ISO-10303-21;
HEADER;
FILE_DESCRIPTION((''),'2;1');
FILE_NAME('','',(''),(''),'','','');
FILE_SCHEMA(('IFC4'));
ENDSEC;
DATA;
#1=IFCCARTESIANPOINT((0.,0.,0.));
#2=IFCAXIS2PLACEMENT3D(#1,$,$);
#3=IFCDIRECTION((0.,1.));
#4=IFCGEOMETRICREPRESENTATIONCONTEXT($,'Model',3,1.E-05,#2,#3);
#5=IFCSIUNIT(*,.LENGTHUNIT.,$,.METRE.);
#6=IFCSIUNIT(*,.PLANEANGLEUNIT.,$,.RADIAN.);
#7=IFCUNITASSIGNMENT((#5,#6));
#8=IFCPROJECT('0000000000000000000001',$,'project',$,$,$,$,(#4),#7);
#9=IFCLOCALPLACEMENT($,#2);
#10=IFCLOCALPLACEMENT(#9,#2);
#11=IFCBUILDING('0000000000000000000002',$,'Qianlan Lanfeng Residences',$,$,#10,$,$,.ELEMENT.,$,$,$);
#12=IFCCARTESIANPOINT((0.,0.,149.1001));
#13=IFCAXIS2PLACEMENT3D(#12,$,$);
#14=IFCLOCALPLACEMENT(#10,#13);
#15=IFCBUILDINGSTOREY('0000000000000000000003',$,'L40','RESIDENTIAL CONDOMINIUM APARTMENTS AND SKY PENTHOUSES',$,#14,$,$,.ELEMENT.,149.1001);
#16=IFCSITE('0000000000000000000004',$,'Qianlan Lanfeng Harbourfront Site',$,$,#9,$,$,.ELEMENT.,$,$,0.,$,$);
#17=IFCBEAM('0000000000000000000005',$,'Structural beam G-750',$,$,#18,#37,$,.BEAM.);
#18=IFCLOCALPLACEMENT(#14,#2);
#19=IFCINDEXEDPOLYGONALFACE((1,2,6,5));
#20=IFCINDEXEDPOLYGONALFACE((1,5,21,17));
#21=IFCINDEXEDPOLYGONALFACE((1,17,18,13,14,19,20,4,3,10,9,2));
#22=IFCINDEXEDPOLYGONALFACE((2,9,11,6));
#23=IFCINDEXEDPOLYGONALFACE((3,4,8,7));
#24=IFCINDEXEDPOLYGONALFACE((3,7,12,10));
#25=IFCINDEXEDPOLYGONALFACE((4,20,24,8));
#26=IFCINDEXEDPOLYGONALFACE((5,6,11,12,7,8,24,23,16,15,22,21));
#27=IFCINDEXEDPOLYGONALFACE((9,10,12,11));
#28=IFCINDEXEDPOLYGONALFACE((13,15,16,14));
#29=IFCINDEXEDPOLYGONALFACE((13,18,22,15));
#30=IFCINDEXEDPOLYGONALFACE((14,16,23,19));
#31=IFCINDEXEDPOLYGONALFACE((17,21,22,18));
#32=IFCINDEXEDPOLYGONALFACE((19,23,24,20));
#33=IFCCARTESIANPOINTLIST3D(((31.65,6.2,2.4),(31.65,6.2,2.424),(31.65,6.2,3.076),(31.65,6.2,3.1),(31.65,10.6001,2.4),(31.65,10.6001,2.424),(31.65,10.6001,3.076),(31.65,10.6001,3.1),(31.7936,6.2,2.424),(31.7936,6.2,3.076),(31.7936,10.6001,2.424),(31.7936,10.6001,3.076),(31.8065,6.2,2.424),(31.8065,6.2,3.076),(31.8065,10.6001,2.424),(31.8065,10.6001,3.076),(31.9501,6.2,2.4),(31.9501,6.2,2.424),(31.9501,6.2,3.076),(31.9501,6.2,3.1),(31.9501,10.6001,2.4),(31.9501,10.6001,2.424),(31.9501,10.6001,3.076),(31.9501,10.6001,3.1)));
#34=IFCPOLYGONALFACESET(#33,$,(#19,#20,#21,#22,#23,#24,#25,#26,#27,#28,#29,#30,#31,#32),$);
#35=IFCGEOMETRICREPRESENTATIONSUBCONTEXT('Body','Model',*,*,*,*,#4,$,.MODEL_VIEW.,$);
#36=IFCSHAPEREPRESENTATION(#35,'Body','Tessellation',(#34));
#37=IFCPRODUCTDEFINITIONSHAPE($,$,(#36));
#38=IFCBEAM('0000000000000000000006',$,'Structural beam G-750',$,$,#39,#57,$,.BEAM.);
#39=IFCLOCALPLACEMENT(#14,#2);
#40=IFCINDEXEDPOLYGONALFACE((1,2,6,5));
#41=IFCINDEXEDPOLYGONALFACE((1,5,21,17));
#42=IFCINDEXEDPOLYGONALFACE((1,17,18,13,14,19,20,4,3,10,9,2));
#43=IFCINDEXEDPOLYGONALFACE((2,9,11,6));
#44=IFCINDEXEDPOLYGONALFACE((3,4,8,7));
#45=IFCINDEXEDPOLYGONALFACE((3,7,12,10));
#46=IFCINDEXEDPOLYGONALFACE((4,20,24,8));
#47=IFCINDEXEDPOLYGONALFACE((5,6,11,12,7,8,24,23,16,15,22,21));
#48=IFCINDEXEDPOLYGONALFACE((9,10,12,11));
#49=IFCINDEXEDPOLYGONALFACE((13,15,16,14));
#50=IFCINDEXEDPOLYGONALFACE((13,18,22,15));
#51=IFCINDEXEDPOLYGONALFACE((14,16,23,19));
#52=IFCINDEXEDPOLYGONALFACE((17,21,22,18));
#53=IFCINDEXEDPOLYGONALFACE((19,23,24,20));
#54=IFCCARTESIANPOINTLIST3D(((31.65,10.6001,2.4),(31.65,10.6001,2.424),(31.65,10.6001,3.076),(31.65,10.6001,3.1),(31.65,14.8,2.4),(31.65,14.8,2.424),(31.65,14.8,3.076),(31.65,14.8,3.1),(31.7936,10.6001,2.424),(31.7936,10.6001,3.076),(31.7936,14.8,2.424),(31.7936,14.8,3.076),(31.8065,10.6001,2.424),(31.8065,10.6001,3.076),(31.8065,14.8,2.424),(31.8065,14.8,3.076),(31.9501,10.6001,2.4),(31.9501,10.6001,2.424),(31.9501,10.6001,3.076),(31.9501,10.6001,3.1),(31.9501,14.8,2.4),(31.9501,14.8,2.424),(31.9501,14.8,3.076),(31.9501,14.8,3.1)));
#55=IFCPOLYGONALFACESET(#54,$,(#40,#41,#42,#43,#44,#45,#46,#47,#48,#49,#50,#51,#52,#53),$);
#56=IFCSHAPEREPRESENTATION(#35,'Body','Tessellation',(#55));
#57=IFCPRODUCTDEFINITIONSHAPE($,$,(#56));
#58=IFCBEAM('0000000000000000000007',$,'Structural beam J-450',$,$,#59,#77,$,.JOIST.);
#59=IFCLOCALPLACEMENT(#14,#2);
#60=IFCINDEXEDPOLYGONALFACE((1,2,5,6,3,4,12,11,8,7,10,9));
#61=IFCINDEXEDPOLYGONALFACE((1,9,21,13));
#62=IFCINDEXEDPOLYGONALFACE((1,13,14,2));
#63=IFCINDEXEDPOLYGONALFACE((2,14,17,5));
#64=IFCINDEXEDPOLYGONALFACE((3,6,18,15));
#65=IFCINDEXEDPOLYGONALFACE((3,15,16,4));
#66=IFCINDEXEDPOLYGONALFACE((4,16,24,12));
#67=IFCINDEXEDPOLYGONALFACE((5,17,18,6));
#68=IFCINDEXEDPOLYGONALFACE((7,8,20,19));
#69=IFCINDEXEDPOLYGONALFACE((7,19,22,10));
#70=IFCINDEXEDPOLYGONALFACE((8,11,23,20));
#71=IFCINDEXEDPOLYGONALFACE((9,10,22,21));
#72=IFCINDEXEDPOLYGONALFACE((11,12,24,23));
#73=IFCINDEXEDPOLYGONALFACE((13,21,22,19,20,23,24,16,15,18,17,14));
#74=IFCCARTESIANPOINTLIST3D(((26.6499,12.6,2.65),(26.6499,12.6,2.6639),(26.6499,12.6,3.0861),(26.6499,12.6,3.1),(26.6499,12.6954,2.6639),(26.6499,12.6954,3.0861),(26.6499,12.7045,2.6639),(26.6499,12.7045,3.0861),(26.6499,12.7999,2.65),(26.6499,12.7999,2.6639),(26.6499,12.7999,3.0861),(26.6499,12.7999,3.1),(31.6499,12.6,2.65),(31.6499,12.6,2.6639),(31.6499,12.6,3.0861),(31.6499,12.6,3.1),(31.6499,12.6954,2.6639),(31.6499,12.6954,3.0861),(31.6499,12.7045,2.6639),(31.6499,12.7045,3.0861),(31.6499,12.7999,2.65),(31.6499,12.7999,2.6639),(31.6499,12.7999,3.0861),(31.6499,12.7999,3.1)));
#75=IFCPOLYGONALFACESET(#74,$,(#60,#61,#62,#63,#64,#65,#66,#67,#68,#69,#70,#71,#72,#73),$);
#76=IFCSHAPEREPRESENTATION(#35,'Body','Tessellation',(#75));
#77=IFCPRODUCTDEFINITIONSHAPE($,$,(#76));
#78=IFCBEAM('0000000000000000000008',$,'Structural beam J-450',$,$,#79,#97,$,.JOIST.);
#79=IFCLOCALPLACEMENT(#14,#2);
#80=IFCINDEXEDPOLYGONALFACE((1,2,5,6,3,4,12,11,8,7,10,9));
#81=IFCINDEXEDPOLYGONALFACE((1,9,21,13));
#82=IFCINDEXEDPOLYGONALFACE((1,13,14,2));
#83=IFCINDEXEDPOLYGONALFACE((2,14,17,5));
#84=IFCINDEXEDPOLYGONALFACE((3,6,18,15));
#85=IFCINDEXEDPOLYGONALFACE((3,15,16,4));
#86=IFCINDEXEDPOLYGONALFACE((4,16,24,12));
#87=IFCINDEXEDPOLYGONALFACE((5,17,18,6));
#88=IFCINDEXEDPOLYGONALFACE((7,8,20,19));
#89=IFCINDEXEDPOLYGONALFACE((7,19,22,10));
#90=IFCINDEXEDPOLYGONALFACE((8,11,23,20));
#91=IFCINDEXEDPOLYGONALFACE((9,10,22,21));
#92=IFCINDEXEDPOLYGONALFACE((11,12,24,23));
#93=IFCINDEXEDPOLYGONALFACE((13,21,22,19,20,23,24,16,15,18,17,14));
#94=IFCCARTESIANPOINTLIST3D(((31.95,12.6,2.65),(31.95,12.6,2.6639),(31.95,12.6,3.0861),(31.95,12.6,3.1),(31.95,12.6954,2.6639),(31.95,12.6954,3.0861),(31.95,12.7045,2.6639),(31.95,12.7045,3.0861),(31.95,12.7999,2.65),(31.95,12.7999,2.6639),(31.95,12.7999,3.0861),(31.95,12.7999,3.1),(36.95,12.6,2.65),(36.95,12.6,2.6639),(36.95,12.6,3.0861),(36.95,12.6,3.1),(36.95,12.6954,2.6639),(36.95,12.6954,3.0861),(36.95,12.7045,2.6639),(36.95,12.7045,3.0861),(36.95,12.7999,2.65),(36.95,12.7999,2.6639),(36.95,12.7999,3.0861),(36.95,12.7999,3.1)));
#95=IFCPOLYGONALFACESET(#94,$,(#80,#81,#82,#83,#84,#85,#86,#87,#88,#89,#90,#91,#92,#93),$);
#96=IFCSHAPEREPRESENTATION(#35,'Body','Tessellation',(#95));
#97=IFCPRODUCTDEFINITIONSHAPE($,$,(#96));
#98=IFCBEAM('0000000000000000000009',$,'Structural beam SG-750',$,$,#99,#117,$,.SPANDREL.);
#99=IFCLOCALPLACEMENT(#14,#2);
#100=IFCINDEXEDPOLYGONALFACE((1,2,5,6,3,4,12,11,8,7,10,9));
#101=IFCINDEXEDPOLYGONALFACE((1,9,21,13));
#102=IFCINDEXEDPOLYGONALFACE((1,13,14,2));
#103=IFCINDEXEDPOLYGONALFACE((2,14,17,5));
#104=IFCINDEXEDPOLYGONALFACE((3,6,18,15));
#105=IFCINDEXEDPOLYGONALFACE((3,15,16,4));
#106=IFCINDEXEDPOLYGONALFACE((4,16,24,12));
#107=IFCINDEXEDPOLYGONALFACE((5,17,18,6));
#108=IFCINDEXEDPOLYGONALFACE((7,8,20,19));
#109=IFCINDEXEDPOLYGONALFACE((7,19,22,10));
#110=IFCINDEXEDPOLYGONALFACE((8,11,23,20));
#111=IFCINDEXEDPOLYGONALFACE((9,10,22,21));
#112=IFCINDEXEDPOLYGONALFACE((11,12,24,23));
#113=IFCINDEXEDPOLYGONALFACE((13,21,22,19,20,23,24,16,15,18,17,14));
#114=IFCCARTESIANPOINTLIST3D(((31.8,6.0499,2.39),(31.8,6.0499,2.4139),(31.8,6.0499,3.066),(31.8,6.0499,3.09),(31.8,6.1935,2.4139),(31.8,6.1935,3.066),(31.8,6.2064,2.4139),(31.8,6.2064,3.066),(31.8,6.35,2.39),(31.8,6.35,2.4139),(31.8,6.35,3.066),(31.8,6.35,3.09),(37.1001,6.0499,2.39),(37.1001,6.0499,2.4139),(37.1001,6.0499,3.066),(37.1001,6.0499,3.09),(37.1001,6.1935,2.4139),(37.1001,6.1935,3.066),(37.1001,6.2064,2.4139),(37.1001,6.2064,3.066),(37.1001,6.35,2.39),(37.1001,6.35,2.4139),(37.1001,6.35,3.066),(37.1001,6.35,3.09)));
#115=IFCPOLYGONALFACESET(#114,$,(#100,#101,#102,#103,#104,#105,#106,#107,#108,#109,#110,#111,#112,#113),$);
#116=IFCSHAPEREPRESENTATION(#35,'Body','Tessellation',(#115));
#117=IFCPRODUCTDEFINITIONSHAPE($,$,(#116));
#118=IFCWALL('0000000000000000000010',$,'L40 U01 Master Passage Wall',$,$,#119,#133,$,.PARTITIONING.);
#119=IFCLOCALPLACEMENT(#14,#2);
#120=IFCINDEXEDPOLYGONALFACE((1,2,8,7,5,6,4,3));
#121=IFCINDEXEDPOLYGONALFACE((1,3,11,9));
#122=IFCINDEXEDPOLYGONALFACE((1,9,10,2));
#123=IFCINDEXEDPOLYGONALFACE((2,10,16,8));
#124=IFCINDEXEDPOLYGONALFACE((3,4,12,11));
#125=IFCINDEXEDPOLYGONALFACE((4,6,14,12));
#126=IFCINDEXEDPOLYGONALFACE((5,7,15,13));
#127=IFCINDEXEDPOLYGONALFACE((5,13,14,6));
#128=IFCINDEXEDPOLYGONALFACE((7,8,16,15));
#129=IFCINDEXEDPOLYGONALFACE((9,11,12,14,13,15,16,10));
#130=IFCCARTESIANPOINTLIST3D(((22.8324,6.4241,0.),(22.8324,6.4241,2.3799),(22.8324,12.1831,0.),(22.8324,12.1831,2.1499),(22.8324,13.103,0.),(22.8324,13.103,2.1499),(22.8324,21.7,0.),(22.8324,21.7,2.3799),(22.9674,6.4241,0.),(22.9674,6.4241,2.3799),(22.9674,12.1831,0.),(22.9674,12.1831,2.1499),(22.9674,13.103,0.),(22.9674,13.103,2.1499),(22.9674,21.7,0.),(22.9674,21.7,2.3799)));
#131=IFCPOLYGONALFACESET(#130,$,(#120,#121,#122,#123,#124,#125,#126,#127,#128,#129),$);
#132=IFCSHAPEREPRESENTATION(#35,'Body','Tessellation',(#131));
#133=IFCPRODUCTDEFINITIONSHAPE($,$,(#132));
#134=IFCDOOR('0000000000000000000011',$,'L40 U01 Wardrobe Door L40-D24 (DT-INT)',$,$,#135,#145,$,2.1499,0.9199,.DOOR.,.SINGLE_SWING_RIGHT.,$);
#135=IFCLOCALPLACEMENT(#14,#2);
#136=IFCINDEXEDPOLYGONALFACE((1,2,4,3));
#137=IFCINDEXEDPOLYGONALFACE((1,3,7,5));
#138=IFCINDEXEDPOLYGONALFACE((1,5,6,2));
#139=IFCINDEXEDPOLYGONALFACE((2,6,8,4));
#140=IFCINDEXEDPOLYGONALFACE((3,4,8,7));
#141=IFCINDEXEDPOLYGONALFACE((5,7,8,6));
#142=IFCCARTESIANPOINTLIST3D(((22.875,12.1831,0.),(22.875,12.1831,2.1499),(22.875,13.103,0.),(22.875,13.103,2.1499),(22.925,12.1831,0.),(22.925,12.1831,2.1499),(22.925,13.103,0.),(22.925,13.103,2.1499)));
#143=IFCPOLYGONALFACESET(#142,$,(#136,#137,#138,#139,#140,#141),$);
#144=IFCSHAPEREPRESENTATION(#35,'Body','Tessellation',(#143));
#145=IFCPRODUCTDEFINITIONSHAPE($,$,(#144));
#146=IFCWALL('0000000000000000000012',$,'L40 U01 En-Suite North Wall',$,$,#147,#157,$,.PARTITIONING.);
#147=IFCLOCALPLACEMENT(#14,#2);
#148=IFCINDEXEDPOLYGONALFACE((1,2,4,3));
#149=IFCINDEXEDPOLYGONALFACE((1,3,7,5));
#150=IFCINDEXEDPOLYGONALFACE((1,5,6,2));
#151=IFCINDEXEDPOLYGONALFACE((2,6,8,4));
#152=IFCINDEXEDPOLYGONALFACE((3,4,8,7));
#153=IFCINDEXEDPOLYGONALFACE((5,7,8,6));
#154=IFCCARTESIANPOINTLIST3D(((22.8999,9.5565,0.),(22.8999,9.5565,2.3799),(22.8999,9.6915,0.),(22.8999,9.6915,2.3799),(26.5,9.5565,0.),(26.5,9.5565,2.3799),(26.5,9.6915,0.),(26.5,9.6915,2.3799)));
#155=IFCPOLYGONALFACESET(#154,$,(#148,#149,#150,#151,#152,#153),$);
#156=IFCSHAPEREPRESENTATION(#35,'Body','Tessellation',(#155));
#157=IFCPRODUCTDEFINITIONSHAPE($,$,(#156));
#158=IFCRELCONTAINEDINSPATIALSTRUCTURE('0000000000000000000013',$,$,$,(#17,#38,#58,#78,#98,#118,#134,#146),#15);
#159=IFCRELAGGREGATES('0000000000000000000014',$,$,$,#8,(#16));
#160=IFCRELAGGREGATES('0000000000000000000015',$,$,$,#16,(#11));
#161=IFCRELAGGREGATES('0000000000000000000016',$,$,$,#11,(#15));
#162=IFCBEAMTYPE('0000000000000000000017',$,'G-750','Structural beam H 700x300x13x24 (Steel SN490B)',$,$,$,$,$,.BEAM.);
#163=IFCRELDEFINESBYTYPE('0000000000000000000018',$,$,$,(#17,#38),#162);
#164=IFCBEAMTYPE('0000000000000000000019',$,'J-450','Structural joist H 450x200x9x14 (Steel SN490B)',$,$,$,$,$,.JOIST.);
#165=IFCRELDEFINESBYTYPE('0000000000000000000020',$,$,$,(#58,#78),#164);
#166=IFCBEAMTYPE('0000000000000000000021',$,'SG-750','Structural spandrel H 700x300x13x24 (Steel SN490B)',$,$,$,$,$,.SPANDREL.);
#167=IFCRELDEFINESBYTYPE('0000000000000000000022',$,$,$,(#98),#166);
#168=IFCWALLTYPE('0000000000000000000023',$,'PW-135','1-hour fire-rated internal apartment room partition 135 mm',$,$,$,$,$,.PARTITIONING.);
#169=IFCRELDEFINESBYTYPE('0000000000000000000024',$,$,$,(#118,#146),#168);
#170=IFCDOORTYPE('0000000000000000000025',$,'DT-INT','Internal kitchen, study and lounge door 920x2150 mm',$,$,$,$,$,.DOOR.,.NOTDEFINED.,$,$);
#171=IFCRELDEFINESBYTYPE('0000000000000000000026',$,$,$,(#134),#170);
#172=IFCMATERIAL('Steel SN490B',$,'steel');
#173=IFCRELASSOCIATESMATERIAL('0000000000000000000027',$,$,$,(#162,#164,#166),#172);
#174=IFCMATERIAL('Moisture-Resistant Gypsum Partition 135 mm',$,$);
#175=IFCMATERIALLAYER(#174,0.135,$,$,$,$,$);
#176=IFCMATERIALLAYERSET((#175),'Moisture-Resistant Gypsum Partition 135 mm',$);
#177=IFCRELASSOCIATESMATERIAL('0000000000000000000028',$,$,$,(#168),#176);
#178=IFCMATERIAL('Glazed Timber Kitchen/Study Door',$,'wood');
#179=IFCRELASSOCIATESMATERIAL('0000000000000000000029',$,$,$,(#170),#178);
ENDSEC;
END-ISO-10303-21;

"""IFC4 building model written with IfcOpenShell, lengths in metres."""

from ifc_helpers import new_model, si_unit, direction, frame, frame_2d, origin, origin_2d, place, context, subcontext, project, spatial, rectangle, i_section, extrude, material, layer, layer_set, material_profile, profile_set, type_object, element, fill, save


model = new_model("IFC4")

# Units and contexts
model_context = context("Model", 3, precision=1e-05, world=origin(), true_north=direction((0.0, 1.0)))
body_context = subcontext(model_context, "Body", "Model", "MODEL_VIEW")
ifc_project = project(units=[si_unit("LENGTHUNIT", "METRE"), si_unit("PLANEANGLEUNIT", "RADIAN")], contexts=[model_context])

# Site, building, storey
site_placement = place(None, origin())
site = spatial("IfcSite", under=ifc_project, at=site_placement, Name="Qianlan Lanfeng Harbourfront Site", CompositionType="ELEMENT", RefElevation=0.0)
building_placement = place(site_placement, origin())
building = spatial("IfcBuilding", under=site, at=building_placement, Name="Qianlan Lanfeng Residences", CompositionType="ELEMENT")
storey_placement = place(building_placement, frame((0.0, 0.0, 149.1001)))
storey = spatial("IfcBuildingStorey", under=building, at=storey_placement, Name="L40", Description="RESIDENTIAL CONDOMINIUM APARTMENTS AND SKY PENTHOUSES", CompositionType="ELEMENT", Elevation=149.1001)

# Shared definitions
ifc_material_1 = material(Name="Steel SN490B", Category="steel")

# Beams
ifc_material_profile_1 = material_profile(ifc_material_1, i_section(OverallWidth=0.3, OverallDepth=0.7, WebThickness=0.0129, FlangeThickness=0.0239, at=origin_2d()), Name="H 700x300x13x24")
ifc_profile_set_1 = profile_set([ifc_material_profile_1], Name="Steel SN490B")
beam_type_1 = type_object("IfcBeamType", Name="G-750", Description="Structural beam H 700x300x13x24 (Steel SN490B)", PredefinedType="BEAM", material=ifc_profile_set_1)
beam_1_placement = place(storey_placement, frame((31.8, 6.2, 2.75), z_axis=(0.0, 1.0, 0.0), x_axis=(-1.0, 0.0, 0.0)))
element("IfcBeam", 1, at=beam_1_placement, inside=storey, type_object=beam_type_1, Name="Structural beam G-750", PredefinedType="BEAM", context=body_context, shape_type="SweptSolid", body=[
    extrude(i_section(OverallWidth=0.3, OverallDepth=0.7, WebThickness=0.0129, FlangeThickness=0.0239, at=origin_2d()), origin(), (0.0, 0.0, 1.0), 4.4001),
])
beam_2_placement = place(storey_placement, frame((31.8, 10.6001, 2.75), z_axis=(0.0, 1.0, 0.0), x_axis=(-1.0, 0.0, 0.0)))
element("IfcBeam", 2, at=beam_2_placement, inside=storey, type_object=beam_type_1, Name="Structural beam G-750", PredefinedType="BEAM", context=body_context, shape_type="SweptSolid", body=[
    extrude(i_section(OverallWidth=0.3, OverallDepth=0.7, WebThickness=0.0129, FlangeThickness=0.0239, at=origin_2d()), origin(), (0.0, 0.0, 1.0), 4.2),
])
ifc_material_profile_2 = material_profile(ifc_material_1, i_section(OverallWidth=0.2, OverallDepth=0.45, WebThickness=0.009, FlangeThickness=0.0139, at=origin_2d()), Name="H 450x200x9x14")
ifc_profile_set_2 = profile_set([ifc_material_profile_2], Name="Steel SN490B")
beam_type_2 = type_object("IfcBeamType", Name="J-450", Description="Structural joist H 450x200x9x14 (Steel SN490B)", PredefinedType="JOIST", material=ifc_profile_set_2)
for number, where, z_axis, x_axis, name in (
    (3, (26.6499, 12.7, 2.875), (1.0, 0.0, 0.0), (0.0, 1.0, 0.0), "Structural beam J-450"),
    (4, (31.95, 12.7, 2.875), (1.0, 0.0, 0.0), (0.0, 1.0, 0.0), "Structural beam J-450"),
):
    element("IfcBeam", number, at=place(storey_placement, frame(where, z_axis=z_axis, x_axis=x_axis)), inside=storey, type_object=beam_type_2, Name=name, PredefinedType="JOIST", context=body_context, shape_type="SweptSolid", body=[
        extrude(i_section(OverallWidth=0.2, OverallDepth=0.45, WebThickness=0.009, FlangeThickness=0.0139, at=origin_2d()), origin(), (0.0, 0.0, 1.0), 5.0),
    ])
ifc_material_profile_3 = material_profile(ifc_material_1, i_section(OverallWidth=0.3, OverallDepth=0.7, WebThickness=0.0129, FlangeThickness=0.0239, at=origin_2d()), Name="H 700x300x13x24")
ifc_profile_set_3 = profile_set([ifc_material_profile_3], Name="Steel SN490B")
beam_type_3 = type_object("IfcBeamType", Name="SG-750", Description="Structural spandrel H 700x300x13x24 (Steel SN490B)", PredefinedType="SPANDREL", material=ifc_profile_set_3)
beam_3_placement = place(storey_placement, frame((31.8, 6.2, 2.74), z_axis=(1.0, 0.0, 0.0), x_axis=(0.0, 1.0, 0.0)))
element("IfcBeam", 5, at=beam_3_placement, inside=storey, type_object=beam_type_3, Name="Structural beam SG-750", PredefinedType="SPANDREL", context=body_context, shape_type="SweptSolid", body=[
    extrude(i_section(OverallWidth=0.3, OverallDepth=0.7, WebThickness=0.0129, FlangeThickness=0.0239, at=origin_2d()), origin(), (0.0, 0.0, 1.0), 5.3),
])

# Wall, opening, door
ifc_material_2 = material(Name="Moisture-Resistant Gypsum Partition 135 mm")
ifc_layer = layer(ifc_material_2, 0.135)
ifc_layer_set = layer_set([ifc_layer], Name="Moisture-Resistant Gypsum Partition 135 mm")
wall_type = type_object("IfcWallType", Name="PW-135", Description="1-hour fire-rated internal apartment room partition 135 mm", PredefinedType="PARTITIONING", material=ifc_layer_set)
wall_1_placement = place(storey_placement, frame((22.8999, 6.4241, 0.0), z_axis=(0.0, 0.0, 1.0), x_axis=(0.0, 1.0, 0.0)))
wall_1 = element("IfcWall", 6, at=wall_1_placement, inside=storey, type_object=wall_type, Name="L40 U01 Master Passage Wall", PredefinedType="PARTITIONING", context=body_context, shape_type="SweptSolid", body=[
    extrude(rectangle(XDim=15.2759, YDim=0.135, at=frame_2d((7.6379, 0.0))), origin(), (0.0, 0.0, 1.0), 2.3799),
])
opening_1_placement = place(wall_1_placement, frame((5.759, 0.0, 0.0)))
opening_1 = element("IfcOpeningElement", 7, at=opening_1_placement, cuts=wall_1, PredefinedType="OPENING", context=body_context, shape_type="SweptSolid", body=[
    extrude(rectangle(XDim=0.9199, YDim=2.1499, at=frame_2d((0.46, 1.075))), frame((0.0, 0.0776, 0.0), z_axis=(0.0, -1.0, 0.0), x_axis=(1.0, 0.0, 0.0)), (0.0, 0.0, 1.0), 0.155),
])
ifc_material_3 = material(Name="Glazed Timber Kitchen/Study Door", Category="wood")
door_type_1 = type_object("IfcDoorType", Name="DT-INT", Description="Internal kitchen, study and lounge door 920x2150 mm", OperationType="NOTDEFINED", PredefinedType="DOOR", material=ifc_material_3)
door_1_placement = place(opening_1_placement, origin())
door_1 = element("IfcDoor", 8, at=door_1_placement, inside=storey, type_object=door_type_1, Name="L40 U01 Wardrobe Door L40-D24 (DT-INT)", OperationType="SINGLE_SWING_RIGHT", OverallHeight=2.1499, OverallWidth=0.9199, PredefinedType="DOOR", context=body_context, shape_type="SweptSolid", body=[
    extrude(rectangle(XDim=0.9199, YDim=2.1499, at=frame_2d((0.46, 1.075))), frame((0.0, 0.0249, 0.0), z_axis=(0.0, -1.0, 0.0), x_axis=(1.0, 0.0, 0.0)), (0.0, 0.0, 1.0), 0.05),
])
fill(opening_1, door_1)

# Wall
wall_2_placement = place(storey_placement, frame((22.8999, 9.624, 0.0), z_axis=(0.0, 0.0, 1.0), x_axis=(1.0, 0.0, 0.0)))
element("IfcWall", 9, at=wall_2_placement, inside=storey, type_object=wall_type, Name="L40 U01 En-Suite North Wall", PredefinedType="PARTITIONING", context=body_context, shape_type="SweptSolid", body=[
    extrude(rectangle(XDim=3.6001, YDim=0.135, at=frame_2d((1.8, 0.0))), origin(), (0.0, 0.0, 1.0), 2.3799),
])

save(model, "model.ifc")
